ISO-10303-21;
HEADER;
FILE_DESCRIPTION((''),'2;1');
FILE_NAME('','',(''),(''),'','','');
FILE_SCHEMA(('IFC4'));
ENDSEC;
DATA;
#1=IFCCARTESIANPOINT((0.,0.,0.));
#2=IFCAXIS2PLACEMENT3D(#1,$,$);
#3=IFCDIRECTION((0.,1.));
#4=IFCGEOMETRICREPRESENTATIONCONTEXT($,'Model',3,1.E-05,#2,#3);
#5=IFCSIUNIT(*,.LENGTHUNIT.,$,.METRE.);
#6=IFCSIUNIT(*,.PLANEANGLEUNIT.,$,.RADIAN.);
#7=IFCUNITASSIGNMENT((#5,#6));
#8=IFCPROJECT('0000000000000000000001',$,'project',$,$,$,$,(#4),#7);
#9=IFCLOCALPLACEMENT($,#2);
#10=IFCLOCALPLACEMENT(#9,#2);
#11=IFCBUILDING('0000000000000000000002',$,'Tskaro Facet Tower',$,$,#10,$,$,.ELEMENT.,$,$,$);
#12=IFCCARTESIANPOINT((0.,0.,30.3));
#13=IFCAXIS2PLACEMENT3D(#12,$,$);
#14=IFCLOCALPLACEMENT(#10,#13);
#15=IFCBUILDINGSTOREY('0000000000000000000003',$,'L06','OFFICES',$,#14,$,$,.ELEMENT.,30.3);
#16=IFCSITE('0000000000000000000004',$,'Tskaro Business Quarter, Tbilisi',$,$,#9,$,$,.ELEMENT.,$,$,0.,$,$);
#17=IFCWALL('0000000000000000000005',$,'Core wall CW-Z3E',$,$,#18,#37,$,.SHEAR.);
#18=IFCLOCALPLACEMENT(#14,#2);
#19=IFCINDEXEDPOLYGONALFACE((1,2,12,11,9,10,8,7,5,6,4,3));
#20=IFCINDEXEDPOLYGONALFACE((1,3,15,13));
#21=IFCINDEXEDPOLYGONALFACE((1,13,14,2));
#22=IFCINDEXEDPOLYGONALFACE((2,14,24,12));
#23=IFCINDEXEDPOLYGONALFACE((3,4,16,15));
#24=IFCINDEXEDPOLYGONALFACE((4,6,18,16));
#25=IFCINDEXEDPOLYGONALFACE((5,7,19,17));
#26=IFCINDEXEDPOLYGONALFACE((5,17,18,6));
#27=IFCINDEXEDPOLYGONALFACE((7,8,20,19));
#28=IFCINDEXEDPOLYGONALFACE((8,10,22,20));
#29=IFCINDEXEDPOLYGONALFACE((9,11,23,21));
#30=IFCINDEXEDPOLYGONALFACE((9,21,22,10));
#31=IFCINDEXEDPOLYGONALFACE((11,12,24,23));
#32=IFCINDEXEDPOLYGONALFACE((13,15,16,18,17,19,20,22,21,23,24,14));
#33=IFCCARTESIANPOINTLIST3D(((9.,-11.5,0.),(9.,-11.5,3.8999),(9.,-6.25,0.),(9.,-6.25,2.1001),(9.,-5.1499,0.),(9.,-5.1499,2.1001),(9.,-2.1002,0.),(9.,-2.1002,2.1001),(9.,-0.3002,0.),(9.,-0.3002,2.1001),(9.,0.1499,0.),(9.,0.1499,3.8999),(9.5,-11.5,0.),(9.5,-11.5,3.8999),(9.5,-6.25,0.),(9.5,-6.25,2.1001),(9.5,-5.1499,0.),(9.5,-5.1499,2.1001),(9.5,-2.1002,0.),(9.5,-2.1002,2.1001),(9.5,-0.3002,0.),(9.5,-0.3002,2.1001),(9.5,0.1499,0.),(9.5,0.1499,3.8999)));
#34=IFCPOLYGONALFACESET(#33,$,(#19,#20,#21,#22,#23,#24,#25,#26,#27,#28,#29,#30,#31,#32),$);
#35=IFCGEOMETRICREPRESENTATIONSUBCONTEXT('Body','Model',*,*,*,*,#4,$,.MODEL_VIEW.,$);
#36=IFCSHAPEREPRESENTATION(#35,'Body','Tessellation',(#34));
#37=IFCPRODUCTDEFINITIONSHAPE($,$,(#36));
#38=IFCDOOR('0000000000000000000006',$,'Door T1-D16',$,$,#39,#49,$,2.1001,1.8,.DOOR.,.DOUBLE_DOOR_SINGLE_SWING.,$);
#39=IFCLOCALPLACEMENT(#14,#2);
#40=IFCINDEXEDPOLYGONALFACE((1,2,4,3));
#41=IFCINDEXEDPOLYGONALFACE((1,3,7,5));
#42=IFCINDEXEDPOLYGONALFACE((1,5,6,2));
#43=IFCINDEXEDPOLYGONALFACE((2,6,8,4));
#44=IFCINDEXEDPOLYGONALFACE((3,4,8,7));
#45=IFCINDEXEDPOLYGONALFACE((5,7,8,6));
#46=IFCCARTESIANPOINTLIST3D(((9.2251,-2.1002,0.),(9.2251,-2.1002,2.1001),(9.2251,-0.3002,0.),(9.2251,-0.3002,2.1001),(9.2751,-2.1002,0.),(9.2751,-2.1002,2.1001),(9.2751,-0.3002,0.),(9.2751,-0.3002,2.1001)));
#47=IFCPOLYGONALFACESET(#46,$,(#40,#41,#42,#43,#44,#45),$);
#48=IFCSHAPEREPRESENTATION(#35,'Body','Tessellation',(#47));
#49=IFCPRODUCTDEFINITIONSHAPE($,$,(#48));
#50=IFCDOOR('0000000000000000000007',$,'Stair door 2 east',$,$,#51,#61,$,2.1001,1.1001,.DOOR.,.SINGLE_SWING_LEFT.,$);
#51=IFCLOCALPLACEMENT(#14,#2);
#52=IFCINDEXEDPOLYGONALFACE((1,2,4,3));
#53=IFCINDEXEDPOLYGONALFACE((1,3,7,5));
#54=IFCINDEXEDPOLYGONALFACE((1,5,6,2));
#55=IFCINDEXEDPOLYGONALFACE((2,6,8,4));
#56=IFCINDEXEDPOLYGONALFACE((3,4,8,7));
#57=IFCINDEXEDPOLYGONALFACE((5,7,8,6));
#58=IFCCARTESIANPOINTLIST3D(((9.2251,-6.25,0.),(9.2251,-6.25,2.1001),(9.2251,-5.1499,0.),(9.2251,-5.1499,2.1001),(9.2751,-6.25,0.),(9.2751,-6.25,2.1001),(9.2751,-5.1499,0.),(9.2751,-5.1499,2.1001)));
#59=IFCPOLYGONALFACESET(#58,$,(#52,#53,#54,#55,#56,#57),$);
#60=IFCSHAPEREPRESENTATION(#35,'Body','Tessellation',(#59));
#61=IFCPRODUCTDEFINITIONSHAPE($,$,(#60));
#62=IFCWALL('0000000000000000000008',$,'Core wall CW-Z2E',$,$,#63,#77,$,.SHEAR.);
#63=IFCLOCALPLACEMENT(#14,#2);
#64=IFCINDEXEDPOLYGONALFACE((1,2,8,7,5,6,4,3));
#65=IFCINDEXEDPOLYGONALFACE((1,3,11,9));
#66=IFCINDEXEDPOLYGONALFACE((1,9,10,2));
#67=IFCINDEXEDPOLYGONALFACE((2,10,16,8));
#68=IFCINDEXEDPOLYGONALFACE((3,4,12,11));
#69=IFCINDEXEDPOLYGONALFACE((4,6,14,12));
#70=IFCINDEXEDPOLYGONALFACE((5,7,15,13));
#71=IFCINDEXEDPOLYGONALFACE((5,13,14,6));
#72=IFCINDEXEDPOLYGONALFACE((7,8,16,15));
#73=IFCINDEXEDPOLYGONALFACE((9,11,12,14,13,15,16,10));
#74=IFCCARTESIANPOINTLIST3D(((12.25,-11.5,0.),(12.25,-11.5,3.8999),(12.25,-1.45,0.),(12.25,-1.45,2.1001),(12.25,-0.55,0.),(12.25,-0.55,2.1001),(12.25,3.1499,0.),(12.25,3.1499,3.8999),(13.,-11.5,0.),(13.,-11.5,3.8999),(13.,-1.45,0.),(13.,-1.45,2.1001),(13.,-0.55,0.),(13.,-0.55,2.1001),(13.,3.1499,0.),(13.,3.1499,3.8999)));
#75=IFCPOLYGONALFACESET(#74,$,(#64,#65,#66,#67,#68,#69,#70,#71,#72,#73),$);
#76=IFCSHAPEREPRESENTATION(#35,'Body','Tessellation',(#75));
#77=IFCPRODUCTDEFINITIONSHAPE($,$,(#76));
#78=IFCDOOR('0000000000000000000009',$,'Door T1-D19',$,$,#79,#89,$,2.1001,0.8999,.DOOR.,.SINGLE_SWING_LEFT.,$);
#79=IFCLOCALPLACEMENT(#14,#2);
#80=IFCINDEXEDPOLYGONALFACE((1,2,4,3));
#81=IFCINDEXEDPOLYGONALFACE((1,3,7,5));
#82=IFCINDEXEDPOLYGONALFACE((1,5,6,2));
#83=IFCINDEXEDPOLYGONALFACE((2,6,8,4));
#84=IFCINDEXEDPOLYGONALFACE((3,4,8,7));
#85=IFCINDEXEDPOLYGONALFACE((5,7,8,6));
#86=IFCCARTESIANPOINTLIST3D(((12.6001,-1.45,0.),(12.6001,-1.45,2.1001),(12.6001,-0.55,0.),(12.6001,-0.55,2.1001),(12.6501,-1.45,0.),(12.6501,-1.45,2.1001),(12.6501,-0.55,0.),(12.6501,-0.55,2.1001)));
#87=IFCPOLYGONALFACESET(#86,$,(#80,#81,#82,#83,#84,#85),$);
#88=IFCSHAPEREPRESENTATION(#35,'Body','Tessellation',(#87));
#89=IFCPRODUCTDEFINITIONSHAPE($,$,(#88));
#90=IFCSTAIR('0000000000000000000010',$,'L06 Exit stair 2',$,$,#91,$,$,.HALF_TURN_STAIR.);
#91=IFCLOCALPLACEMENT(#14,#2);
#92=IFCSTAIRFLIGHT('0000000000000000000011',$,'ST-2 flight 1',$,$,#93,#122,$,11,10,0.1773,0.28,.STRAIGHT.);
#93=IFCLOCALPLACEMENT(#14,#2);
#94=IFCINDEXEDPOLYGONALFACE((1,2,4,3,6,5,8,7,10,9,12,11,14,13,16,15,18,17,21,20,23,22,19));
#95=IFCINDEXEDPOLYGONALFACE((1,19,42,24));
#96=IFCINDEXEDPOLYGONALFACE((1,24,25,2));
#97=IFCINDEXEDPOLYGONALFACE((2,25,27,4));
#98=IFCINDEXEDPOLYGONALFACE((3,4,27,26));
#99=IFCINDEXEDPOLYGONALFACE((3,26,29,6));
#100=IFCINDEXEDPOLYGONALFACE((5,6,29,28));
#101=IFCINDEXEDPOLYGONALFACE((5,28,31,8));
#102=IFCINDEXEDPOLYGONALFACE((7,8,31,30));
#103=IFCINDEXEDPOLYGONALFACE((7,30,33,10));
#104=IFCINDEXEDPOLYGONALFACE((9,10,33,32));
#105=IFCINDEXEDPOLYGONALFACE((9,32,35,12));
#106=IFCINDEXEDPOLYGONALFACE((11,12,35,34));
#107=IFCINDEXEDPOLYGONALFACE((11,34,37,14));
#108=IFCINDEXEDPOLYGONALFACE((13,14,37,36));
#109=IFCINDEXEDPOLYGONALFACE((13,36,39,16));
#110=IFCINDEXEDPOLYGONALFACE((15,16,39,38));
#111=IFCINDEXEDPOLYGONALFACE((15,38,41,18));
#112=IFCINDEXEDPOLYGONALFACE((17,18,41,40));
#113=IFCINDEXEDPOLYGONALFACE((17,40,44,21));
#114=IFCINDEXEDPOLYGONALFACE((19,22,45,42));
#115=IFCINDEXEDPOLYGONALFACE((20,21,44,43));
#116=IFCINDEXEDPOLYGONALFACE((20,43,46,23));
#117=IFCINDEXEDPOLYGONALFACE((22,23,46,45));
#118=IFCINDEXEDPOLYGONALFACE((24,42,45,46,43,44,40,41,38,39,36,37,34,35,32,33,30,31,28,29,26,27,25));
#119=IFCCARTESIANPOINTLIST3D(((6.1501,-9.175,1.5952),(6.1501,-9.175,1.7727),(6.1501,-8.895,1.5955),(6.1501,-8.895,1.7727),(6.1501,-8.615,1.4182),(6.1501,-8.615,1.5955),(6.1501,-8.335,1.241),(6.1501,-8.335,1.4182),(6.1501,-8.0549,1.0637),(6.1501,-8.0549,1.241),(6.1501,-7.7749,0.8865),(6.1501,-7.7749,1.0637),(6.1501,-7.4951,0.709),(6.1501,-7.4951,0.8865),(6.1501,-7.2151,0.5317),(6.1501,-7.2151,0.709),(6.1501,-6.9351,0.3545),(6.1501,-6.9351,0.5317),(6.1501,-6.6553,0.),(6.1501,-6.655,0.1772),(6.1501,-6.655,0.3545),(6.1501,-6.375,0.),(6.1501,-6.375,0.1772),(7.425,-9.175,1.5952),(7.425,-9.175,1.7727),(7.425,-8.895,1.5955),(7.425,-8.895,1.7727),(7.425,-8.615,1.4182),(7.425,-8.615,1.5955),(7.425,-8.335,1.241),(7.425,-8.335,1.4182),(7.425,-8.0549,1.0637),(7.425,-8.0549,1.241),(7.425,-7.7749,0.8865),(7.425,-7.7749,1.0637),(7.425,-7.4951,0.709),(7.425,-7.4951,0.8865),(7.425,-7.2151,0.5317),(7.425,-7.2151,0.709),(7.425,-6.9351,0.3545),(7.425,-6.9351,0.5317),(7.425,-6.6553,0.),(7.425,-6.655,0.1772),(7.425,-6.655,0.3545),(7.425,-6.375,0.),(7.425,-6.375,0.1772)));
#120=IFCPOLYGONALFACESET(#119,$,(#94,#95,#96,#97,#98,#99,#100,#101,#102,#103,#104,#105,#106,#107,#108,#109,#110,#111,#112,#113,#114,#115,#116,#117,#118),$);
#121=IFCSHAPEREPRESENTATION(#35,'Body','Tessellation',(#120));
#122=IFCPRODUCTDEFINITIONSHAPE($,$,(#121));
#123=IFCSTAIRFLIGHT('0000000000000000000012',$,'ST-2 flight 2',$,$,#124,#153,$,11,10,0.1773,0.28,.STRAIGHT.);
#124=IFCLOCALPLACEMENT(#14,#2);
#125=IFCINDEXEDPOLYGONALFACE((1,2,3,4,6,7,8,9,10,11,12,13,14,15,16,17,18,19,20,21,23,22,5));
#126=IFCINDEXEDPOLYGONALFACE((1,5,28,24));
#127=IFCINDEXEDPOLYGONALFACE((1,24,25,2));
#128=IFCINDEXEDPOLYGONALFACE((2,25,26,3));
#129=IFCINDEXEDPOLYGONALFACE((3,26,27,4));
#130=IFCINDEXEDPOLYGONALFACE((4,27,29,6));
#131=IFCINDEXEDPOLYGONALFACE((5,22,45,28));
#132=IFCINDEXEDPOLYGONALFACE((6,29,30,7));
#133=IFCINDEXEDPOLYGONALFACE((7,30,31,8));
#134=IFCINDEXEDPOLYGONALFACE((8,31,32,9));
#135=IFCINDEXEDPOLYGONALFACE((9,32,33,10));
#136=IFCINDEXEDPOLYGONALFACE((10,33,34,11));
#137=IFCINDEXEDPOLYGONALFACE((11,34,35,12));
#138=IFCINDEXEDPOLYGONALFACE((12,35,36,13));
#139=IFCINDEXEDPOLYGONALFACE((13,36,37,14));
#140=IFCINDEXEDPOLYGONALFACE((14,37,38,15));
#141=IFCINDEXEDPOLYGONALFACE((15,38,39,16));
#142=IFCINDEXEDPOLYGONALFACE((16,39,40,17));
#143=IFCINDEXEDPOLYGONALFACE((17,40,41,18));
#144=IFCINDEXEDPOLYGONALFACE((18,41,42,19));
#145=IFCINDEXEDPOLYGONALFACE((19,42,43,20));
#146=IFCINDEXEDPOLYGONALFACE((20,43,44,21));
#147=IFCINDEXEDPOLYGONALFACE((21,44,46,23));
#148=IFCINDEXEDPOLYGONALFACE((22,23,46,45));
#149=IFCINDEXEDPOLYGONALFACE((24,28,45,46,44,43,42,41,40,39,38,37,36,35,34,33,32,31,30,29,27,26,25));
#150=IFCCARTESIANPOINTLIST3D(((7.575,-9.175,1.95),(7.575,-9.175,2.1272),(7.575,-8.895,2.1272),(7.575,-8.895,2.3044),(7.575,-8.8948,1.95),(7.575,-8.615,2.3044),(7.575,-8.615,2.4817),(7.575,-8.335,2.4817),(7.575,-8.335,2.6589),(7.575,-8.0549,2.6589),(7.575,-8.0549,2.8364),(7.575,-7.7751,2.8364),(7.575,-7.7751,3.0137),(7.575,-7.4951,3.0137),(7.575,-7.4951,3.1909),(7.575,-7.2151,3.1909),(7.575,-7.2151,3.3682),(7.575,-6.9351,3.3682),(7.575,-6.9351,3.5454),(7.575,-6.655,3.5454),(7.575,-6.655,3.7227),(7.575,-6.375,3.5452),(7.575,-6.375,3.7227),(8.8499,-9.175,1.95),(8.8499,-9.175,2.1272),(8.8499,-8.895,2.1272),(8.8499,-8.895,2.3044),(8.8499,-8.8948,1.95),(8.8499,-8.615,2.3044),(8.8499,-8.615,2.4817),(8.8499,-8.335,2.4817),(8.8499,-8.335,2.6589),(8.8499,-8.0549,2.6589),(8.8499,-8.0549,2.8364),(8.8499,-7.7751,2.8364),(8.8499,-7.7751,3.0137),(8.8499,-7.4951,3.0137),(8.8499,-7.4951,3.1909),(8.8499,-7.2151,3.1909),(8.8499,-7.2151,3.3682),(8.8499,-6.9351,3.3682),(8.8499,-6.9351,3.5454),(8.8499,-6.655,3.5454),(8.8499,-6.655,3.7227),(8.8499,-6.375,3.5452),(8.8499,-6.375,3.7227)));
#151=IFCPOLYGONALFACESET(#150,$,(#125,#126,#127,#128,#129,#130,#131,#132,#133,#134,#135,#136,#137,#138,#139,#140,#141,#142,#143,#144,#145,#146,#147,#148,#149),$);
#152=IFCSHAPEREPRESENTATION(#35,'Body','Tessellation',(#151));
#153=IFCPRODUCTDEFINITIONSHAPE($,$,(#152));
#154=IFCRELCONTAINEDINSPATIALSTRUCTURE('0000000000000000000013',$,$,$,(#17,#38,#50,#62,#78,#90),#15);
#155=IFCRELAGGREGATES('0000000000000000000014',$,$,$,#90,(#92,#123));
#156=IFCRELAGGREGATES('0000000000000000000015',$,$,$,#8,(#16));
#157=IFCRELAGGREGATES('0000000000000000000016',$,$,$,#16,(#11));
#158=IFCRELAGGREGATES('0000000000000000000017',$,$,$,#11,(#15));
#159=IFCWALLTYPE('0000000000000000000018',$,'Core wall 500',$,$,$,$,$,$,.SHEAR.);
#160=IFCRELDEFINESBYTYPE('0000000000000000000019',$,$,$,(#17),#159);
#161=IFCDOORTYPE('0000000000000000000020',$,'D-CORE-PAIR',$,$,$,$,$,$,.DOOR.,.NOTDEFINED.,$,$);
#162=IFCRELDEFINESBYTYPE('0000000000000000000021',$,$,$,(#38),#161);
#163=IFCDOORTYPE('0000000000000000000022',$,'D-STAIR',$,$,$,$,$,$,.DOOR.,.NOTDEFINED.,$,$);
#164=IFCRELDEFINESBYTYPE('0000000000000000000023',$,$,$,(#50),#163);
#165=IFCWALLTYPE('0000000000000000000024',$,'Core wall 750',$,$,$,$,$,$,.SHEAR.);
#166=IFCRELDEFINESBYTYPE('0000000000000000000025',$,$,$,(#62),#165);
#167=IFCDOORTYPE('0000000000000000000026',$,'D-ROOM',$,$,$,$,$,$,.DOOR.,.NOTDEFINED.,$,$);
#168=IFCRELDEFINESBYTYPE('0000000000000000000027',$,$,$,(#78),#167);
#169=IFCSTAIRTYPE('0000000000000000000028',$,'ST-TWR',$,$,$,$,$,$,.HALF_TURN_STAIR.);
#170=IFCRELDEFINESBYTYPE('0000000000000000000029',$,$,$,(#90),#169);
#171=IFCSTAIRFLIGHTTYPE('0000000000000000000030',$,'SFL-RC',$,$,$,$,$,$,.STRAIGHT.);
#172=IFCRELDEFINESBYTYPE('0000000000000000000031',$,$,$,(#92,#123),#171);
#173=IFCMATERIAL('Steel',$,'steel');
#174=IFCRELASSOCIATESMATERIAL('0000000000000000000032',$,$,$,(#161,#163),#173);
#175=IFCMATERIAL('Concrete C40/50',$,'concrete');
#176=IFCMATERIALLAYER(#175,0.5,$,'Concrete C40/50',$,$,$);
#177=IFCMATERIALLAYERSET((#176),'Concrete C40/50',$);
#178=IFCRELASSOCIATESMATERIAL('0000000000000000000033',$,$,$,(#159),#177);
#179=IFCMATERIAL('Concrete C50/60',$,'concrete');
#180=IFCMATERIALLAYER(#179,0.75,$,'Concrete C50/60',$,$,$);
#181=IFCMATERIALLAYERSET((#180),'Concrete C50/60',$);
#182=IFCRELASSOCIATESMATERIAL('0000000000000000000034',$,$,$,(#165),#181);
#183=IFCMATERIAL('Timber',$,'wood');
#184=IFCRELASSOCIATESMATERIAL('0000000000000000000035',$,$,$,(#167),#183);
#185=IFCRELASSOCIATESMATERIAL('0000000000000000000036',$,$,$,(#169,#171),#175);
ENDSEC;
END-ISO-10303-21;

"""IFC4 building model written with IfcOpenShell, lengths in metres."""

from ifc_helpers import new_model, si_unit, direction, frame, frame_2d, origin, place, context, subcontext, project, spatial, polyline, rectangle, outline, extrude, material, layer, layer_set, type_object, element, fill, aggregate, save


model = new_model("IFC4")

# Units and contexts
model_context = context("Model", 3, precision=1e-05, world=origin(), true_north=direction((0.0, 1.0)))
body_context = subcontext(model_context, "Body", "Model", "MODEL_VIEW")
ifc_project = project(units=[si_unit("LENGTHUNIT", "METRE"), si_unit("PLANEANGLEUNIT", "RADIAN")], contexts=[model_context])

# Site, building, storey
site_placement = place(None, origin())
site = spatial("IfcSite", under=ifc_project, at=site_placement, Name="Tskaro Business Quarter, Tbilisi", CompositionType="ELEMENT", RefElevation=0.0)
building_placement = place(site_placement, origin())
building = spatial("IfcBuilding", under=site, at=building_placement, Name="Tskaro Facet Tower", CompositionType="ELEMENT")
storey_placement = place(building_placement, frame((0.0, 0.0, 30.3)))
storey = spatial("IfcBuildingStorey", under=building, at=storey_placement, Name="L06", Description="OFFICES", CompositionType="ELEMENT", Elevation=30.3)

# Shared definitions
ifc_material_1 = material(Name="Steel", Category="steel")
door_type_1 = type_object("IfcDoorType", Name="D-CORE-PAIR", OperationType="NOTDEFINED", PredefinedType="DOOR", material=ifc_material_1)

# Wall, openings, doors
ifc_material_2 = material(Name="Concrete C40/50", Category="concrete")
ifc_layer_1 = layer(ifc_material_2, 0.5, Name="Concrete C40/50")
ifc_layer_set_1 = layer_set([ifc_layer_1], Name="Concrete C40/50")
wall_type_1 = type_object("IfcWallType", Name="Core wall 500", PredefinedType="SHEAR", material=ifc_layer_set_1)
wall_1_placement = place(storey_placement, frame((9.25, -11.5, 0.0), z_axis=(0.0, 0.0, 1.0), x_axis=(0.0, 1.0, 0.0)))
wall_1 = element("IfcWall", 1, at=wall_1_placement, inside=storey, type_object=wall_type_1, Name="Core wall CW-Z3E", PredefinedType="SHEAR", context=body_context, shape_type="SweptSolid", body=[
    extrude(rectangle(XDim=11.6499, YDim=0.5, at=frame_2d((5.825, 0.0))), origin(), (0.0, 0.0, 1.0), 3.8999),
])
opening_1_placement = place(wall_1_placement, frame((9.3999, 0.0, 0.0)))
opening_1 = element("IfcOpeningElement", 2, at=opening_1_placement, cuts=wall_1, PredefinedType="OPENING", context=body_context, shape_type="SweptSolid", body=[
    extrude(rectangle(XDim=1.8, YDim=2.1001, at=frame_2d((0.8999, 1.05))), frame((0.0, 0.26, 0.0), z_axis=(0.0, -1.0, 0.0), x_axis=(1.0, 0.0, 0.0)), (0.0, 0.0, 1.0), 0.52),
])
opening_2_placement = place(wall_1_placement, frame((5.25, 0.0, 0.0)))
opening_2 = element("IfcOpeningElement", 3, at=opening_2_placement, cuts=wall_1, PredefinedType="OPENING", context=body_context, shape_type="SweptSolid", body=[
    extrude(rectangle(XDim=1.1001, YDim=2.1001, at=frame_2d((0.55, 1.05))), frame((0.0, 0.26, 0.0), z_axis=(0.0, -1.0, 0.0), x_axis=(1.0, 0.0, 0.0)), (0.0, 0.0, 1.0), 0.52),
])
door_1_placement = place(opening_1_placement, origin())
door_1 = element("IfcDoor", 4, at=door_1_placement, inside=storey, type_object=door_type_1, Name="Door T1-D16", OperationType="DOUBLE_DOOR_SINGLE_SWING", OverallHeight=2.1001, OverallWidth=1.8, PredefinedType="DOOR", context=body_context, shape_type="SweptSolid", body=[
    extrude(rectangle(XDim=1.8, YDim=2.1001, at=frame_2d((0.8999, 1.05))), frame((0.0, 0.0249, 0.0), z_axis=(0.0, -1.0, 0.0), x_axis=(1.0, 0.0, 0.0)), (0.0, 0.0, 1.0), 0.05),
])
fill(opening_1, door_1)
door_type_2 = type_object("IfcDoorType", Name="D-STAIR", OperationType="NOTDEFINED", PredefinedType="DOOR", material=ifc_material_1)
door_2_placement = place(opening_2_placement, origin())
door_2 = element("IfcDoor", 5, at=door_2_placement, inside=storey, type_object=door_type_2, Name="Stair door 2 east", OperationType="SINGLE_SWING_LEFT", OverallHeight=2.1001, OverallWidth=1.1001, PredefinedType="DOOR", context=body_context, shape_type="SweptSolid", body=[
    extrude(rectangle(XDim=1.1001, YDim=2.1001, at=frame_2d((0.55, 1.05))), frame((0.0, 0.0249, 0.0), z_axis=(0.0, -1.0, 0.0), x_axis=(1.0, 0.0, 0.0)), (0.0, 0.0, 1.0), 0.05),
])
fill(opening_2, door_2)

# Wall, opening, door
ifc_material_3 = material(Name="Concrete C50/60", Category="concrete")
ifc_layer_2 = layer(ifc_material_3, 0.75, Name="Concrete C50/60")
ifc_layer_set_2 = layer_set([ifc_layer_2], Name="Concrete C50/60")
wall_type_2 = type_object("IfcWallType", Name="Core wall 750", PredefinedType="SHEAR", material=ifc_layer_set_2)
wall_2_placement = place(storey_placement, frame((12.625, -11.5, 0.0), z_axis=(0.0, 0.0, 1.0), x_axis=(0.0, 1.0, 0.0)))
wall_2 = element("IfcWall", 6, at=wall_2_placement, inside=storey, type_object=wall_type_2, Name="Core wall CW-Z2E", PredefinedType="SHEAR", context=body_context, shape_type="SweptSolid", body=[
    extrude(rectangle(XDim=14.6499, YDim=0.75, at=frame_2d((7.325, 0.0))), origin(), (0.0, 0.0, 1.0), 3.8999),
])
opening_3_placement = place(wall_2_placement, frame((10.05, 0.0, 0.0)))
opening_3 = element("IfcOpeningElement", 7, at=opening_3_placement, cuts=wall_2, PredefinedType="OPENING", context=body_context, shape_type="SweptSolid", body=[
    extrude(rectangle(XDim=0.8999, YDim=2.1001, at=frame_2d((0.45, 1.05))), frame((0.0, 0.385, 0.0), z_axis=(0.0, -1.0, 0.0), x_axis=(1.0, 0.0, 0.0)), (0.0, 0.0, 1.0), 0.77),
])
ifc_material_4 = material(Name="Timber", Category="wood")
door_type_3 = type_object("IfcDoorType", Name="D-ROOM", OperationType="NOTDEFINED", PredefinedType="DOOR", material=ifc_material_4)
door_3_placement = place(opening_3_placement, origin())
door_3 = element("IfcDoor", 8, at=door_3_placement, inside=storey, type_object=door_type_3, Name="Door T1-D19", OperationType="SINGLE_SWING_LEFT", OverallHeight=2.1001, OverallWidth=0.8999, PredefinedType="DOOR", context=body_context, shape_type="SweptSolid", body=[
    extrude(rectangle(XDim=0.8999, YDim=2.1001, at=frame_2d((0.45, 1.05))), frame((0.0, 0.0249, 0.0), z_axis=(0.0, -1.0, 0.0), x_axis=(1.0, 0.0, 0.0)), (0.0, 0.0, 1.0), 0.05),
])
fill(opening_3, door_3)

# Stair, stair flights
stair_type = type_object("IfcStairType", Name="ST-TWR", PredefinedType="HALF_TURN_STAIR", material=ifc_material_2)
stair_placement = place(storey_placement, origin())
stair = element("IfcStair", 9, at=stair_placement, inside=storey, type_object=stair_type, Name="L06 Exit stair 2", PredefinedType="HALF_TURN_STAIR")
stair_flight_type = type_object("IfcStairFlightType", Name="SFL-RC", PredefinedType="STRAIGHT", material=ifc_material_2)
stair_flight_1_placement = place(storey_placement, frame((6.7876, -6.375, 0.0), z_axis=(0.0, 0.0, 1.0), x_axis=(0.0, -1.0, 0.0)))
stair_flight_1 = element("IfcStairFlight", 10, at=stair_flight_1_placement, type_object=stair_flight_type, Name="ST-2 flight 1", NumberOfRisers=11, NumberOfTreads=10, PredefinedType="STRAIGHT", RiserHeight=0.1773, TreadLength=0.28, context=body_context, shape_type="SweptSolid", body=[
    extrude(outline(polyline([(0.0, 0.0), (0.0, 0.1772), (0.28, 0.1772), (0.28, 0.3545), (0.5601, 0.3545), (0.5601, 0.5317), (0.8401, 0.5317), (0.8401, 0.709), (1.1201, 0.709), (1.1201, 0.8865), (1.3999, 0.8865), (1.3999, 1.0637), (1.6799, 1.0637), (1.6799, 1.241), (1.96, 1.241), (1.96, 1.4182), (2.24, 1.4182), (2.24, 1.5955), (2.52, 1.5955), (2.52, 1.7727), (2.8, 1.7727), (2.8, 1.95), (2.8, 1.5952), (0.2803, 0.0), (0.0, 0.0)])), frame((0.0, 0.6375, 0.0), z_axis=(0.0, -1.0, 0.0), x_axis=(1.0, 0.0, 0.0)), (0.0, 0.0, 1.0), 1.2749),
])
stair_flight_2_placement = place(storey_placement, frame((8.2124, -9.175, 1.95), z_axis=(0.0, 0.0, 1.0), x_axis=(0.0, 1.0, 0.0)))
stair_flight_2 = element("IfcStairFlight", 11, at=stair_flight_2_placement, type_object=stair_flight_type, Name="ST-2 flight 2", NumberOfRisers=11, NumberOfTreads=10, PredefinedType="STRAIGHT", RiserHeight=0.1773, TreadLength=0.28, context=body_context, shape_type="SweptSolid", body=[
    extrude(outline(polyline([(0.0, 0.0), (0.0, 0.1772), (0.28, 0.1772), (0.28, 0.3545), (0.5601, 0.3545), (0.5601, 0.5317), (0.8401, 0.5317), (0.8401, 0.709), (1.1201, 0.709), (1.1201, 0.8865), (1.3999, 0.8865), (1.3999, 1.0637), (1.6799, 1.0637), (1.6799, 1.241), (1.96, 1.241), (1.96, 1.4182), (2.24, 1.4182), (2.24, 1.5955), (2.52, 1.5955), (2.52, 1.7727), (2.8, 1.7727), (2.8, 1.95), (2.8, 1.5952), (0.2803, 0.0), (0.0, 0.0)])), frame((0.0, 0.6375, 0.0), z_axis=(0.0, -1.0, 0.0), x_axis=(1.0, 0.0, 0.0)), (0.0, 0.0, 1.0), 1.2749),
])
aggregate(stair, [stair_flight_1, stair_flight_2])

save(model, "model.ifc")
